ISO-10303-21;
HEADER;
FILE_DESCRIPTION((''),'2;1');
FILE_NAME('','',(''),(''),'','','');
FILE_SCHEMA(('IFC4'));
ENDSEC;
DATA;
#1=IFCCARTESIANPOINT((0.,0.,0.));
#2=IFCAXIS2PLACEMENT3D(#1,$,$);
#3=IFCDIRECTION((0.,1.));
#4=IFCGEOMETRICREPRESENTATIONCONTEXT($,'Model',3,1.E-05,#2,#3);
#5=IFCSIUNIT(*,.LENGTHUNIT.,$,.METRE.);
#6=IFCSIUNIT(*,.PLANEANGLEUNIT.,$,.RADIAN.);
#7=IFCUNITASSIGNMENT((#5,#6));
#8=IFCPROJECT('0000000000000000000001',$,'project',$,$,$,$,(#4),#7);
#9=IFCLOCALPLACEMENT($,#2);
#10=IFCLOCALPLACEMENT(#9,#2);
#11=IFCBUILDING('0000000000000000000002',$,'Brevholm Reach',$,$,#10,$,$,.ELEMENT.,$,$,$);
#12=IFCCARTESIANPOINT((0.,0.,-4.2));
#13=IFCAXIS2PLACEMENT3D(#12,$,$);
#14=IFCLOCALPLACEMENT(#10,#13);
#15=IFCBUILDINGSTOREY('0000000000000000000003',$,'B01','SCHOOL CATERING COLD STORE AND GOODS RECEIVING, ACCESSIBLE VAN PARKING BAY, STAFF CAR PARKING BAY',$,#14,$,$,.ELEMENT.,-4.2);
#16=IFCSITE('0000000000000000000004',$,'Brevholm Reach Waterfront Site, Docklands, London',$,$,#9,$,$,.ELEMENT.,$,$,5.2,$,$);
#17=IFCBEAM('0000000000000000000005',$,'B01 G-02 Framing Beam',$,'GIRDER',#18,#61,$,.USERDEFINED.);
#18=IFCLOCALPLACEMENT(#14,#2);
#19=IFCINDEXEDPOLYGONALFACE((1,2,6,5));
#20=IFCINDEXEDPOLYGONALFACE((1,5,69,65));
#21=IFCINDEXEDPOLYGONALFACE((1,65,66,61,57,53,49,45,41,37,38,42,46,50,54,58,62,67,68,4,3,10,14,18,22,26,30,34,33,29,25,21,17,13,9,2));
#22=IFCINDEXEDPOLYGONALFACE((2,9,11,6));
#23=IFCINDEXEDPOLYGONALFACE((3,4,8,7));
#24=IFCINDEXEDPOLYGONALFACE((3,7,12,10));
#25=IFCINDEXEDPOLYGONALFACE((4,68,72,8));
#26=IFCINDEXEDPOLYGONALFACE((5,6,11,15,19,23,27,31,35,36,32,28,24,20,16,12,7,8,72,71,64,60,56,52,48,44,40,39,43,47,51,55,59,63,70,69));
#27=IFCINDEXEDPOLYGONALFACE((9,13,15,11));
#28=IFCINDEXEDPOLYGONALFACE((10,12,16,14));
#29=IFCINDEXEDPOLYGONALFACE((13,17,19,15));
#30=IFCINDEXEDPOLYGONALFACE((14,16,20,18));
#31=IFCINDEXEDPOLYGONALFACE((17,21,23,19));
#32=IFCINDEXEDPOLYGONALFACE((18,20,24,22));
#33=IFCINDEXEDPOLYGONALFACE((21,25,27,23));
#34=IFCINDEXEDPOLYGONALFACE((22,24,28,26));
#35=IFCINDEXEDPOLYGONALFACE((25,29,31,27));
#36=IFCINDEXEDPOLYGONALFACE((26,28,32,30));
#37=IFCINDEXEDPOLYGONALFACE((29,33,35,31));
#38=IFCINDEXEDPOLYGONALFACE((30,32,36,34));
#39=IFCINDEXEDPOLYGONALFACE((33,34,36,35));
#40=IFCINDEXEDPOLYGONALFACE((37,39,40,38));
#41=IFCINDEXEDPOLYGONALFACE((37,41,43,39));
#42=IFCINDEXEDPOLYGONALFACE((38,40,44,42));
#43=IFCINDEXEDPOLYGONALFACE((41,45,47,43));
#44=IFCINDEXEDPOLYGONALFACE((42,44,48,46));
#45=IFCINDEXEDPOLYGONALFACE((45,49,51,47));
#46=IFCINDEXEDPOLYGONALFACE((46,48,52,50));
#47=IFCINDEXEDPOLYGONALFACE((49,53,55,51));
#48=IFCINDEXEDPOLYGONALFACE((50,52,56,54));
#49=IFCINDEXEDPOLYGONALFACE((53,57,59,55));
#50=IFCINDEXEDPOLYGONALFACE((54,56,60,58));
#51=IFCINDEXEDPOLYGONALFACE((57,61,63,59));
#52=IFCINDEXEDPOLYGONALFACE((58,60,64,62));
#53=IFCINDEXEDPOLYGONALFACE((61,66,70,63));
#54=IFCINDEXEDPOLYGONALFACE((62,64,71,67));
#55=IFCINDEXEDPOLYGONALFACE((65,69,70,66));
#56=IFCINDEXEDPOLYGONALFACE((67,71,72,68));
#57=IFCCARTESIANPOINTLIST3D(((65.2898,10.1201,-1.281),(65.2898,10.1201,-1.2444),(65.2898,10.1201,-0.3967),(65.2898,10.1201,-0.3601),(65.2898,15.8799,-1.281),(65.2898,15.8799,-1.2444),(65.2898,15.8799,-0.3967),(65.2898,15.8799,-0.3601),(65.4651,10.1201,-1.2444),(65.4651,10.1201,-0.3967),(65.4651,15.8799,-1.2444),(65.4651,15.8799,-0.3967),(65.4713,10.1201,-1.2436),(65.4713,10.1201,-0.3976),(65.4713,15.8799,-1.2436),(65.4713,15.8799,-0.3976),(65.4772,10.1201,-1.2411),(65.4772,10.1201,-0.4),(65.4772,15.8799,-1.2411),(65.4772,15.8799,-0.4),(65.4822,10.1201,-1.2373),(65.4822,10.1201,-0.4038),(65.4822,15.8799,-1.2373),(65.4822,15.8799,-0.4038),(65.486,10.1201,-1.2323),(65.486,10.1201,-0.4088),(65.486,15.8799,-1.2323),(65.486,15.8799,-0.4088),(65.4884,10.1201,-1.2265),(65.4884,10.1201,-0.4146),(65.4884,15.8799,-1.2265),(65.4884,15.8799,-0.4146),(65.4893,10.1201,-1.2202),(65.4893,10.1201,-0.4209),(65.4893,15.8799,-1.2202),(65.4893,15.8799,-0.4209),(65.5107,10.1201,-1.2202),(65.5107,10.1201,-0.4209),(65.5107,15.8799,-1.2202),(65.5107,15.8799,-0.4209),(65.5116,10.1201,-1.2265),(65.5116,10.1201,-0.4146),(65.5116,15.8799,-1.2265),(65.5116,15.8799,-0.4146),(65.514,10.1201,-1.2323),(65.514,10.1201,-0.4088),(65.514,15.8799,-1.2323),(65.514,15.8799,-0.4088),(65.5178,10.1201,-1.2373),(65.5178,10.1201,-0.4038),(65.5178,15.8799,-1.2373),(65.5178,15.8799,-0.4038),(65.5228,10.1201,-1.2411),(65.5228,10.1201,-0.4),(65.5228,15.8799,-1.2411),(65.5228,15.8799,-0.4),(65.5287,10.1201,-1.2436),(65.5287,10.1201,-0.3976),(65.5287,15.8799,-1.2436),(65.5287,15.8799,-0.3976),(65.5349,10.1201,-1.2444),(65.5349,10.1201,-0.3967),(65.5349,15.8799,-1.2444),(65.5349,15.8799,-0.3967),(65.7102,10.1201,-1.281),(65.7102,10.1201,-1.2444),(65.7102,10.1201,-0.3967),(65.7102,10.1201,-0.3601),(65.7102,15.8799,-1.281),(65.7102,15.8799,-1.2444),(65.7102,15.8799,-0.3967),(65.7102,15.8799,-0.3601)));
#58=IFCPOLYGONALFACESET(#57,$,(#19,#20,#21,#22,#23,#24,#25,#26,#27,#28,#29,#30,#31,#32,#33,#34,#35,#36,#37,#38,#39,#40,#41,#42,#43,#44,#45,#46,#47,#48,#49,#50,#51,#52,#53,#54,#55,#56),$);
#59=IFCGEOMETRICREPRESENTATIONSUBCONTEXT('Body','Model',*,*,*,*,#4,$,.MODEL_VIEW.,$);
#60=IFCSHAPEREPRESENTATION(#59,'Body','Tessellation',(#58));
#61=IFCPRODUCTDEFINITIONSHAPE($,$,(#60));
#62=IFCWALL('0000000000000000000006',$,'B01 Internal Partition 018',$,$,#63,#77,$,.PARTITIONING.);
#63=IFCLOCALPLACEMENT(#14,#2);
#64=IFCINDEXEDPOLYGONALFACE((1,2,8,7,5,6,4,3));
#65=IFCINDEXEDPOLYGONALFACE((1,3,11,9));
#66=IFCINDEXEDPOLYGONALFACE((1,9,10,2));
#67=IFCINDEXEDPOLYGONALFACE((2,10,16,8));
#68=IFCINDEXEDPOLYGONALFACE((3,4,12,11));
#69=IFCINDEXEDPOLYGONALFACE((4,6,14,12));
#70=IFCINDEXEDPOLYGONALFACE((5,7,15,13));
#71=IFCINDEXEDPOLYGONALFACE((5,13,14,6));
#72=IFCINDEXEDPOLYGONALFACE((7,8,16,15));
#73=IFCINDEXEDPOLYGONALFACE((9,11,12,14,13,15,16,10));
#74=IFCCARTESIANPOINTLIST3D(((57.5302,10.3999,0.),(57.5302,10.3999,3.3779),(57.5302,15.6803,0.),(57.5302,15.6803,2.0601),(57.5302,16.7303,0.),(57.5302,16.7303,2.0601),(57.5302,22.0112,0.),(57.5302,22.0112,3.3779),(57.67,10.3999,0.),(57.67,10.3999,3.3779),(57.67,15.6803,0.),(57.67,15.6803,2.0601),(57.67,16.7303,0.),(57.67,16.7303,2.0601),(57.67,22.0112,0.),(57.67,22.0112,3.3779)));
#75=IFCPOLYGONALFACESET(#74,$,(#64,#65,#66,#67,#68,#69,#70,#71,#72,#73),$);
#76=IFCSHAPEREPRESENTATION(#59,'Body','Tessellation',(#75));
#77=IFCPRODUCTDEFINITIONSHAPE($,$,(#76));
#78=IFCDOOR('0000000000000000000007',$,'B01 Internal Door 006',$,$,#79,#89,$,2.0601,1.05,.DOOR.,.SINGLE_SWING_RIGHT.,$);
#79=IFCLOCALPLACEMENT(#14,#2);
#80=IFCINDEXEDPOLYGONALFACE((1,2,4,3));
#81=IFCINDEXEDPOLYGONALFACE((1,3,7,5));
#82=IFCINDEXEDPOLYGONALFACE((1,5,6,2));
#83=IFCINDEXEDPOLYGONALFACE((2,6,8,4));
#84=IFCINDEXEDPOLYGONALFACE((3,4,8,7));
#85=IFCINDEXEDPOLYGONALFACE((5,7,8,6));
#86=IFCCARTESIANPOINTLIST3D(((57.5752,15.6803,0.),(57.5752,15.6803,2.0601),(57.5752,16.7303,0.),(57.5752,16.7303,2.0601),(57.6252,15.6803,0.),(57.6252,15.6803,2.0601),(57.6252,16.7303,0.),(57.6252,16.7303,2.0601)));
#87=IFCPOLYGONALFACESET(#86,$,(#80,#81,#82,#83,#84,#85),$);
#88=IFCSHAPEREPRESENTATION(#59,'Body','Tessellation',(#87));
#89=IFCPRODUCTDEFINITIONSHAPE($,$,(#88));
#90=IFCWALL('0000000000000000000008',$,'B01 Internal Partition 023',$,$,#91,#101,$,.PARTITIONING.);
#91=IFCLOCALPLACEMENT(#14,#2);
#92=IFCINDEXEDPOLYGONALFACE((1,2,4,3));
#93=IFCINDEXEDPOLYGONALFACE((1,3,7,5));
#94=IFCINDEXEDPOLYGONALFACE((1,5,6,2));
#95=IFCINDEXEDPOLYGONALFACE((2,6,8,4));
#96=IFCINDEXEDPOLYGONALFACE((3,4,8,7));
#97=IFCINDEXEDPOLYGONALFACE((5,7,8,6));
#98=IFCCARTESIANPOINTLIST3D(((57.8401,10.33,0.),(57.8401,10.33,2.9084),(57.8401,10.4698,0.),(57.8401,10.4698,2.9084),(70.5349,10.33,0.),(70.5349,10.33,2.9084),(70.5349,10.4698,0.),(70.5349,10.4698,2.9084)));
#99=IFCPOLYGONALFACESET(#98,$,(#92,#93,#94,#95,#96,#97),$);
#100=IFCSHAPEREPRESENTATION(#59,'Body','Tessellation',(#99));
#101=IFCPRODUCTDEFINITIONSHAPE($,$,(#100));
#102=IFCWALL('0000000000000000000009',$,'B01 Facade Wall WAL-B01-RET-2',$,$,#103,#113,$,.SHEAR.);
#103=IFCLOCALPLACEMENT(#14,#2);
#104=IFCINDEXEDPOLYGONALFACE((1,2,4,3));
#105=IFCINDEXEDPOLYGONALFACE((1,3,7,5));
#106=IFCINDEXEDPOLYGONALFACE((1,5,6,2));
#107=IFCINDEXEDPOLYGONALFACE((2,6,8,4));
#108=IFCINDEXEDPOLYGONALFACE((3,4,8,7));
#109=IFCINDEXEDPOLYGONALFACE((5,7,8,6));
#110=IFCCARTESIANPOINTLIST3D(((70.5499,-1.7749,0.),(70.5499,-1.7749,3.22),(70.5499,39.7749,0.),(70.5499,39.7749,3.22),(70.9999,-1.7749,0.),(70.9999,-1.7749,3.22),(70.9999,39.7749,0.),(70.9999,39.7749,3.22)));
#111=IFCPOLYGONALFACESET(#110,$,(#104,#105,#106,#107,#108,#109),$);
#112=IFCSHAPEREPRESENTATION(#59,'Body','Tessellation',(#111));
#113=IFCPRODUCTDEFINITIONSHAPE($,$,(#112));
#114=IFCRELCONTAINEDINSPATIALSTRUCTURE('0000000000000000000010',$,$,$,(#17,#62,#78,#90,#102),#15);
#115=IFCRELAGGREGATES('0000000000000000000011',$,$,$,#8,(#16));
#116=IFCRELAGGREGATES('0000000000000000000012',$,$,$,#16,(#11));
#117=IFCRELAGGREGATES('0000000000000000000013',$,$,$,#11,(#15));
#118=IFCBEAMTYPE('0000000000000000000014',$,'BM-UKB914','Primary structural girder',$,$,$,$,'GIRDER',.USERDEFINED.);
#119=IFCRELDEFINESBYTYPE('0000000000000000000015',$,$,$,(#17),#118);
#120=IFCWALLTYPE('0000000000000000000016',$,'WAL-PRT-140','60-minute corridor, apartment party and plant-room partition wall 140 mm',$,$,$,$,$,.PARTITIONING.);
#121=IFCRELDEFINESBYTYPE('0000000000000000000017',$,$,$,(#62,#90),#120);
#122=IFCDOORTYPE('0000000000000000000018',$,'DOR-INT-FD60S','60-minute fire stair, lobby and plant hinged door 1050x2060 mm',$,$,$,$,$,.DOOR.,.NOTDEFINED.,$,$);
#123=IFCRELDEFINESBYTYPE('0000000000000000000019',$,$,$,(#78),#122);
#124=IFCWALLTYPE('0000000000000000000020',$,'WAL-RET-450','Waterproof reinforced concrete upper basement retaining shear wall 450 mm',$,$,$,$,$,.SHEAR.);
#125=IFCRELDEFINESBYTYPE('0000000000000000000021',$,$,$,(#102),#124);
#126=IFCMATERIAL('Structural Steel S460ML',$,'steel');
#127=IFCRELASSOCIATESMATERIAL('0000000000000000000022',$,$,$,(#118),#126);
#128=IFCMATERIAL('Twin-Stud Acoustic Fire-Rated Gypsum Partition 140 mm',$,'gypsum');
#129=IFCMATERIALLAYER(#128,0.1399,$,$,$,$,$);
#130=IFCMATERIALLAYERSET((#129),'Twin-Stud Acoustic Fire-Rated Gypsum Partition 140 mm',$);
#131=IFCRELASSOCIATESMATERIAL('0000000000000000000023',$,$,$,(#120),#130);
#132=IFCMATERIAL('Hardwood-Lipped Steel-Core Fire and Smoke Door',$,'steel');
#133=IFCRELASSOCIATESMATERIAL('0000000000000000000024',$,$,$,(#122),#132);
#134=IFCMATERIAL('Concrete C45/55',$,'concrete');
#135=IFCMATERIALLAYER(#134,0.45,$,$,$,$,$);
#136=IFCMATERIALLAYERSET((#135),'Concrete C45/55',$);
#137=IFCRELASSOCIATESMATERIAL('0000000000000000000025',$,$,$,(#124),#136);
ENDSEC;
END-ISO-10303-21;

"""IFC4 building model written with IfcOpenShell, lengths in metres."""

from ifc_helpers import new_model, si_unit, direction, frame, frame_2d, origin, origin_2d, place, context, subcontext, project, spatial, rectangle, i_section, extrude, material, layer, layer_set, material_profile, profile_set, type_object, element, fill, save


model = new_model("IFC4")

# Units and contexts
model_context = context("Model", 3, precision=1e-05, world=origin(), true_north=direction((0.0, 1.0)))
body_context = subcontext(model_context, "Body", "Model", "MODEL_VIEW")
ifc_project = project(units=[si_unit("LENGTHUNIT", "METRE"), si_unit("PLANEANGLEUNIT", "RADIAN")], contexts=[model_context])

# Site, building, storey
site_placement = place(None, origin())
site = spatial("IfcSite", under=ifc_project, at=site_placement, Name="Brevholm Reach Waterfront Site, Docklands, London", CompositionType="ELEMENT", RefElevation=5.2)
building_placement = place(site_placement, origin())
building = spatial("IfcBuilding", under=site, at=building_placement, Name="Brevholm Reach", CompositionType="ELEMENT")
storey_placement = place(building_placement, frame((0.0, 0.0, -4.2)))
storey = spatial("IfcBuildingStorey", under=building, at=storey_placement, Name="B01", Description="SCHOOL CATERING COLD STORE AND GOODS RECEIVING, ACCESSIBLE VAN PARKING BAY, STAFF CAR PARKING BAY", CompositionType="ELEMENT", Elevation=-4.2)

# Beam
ifc_material_1 = material(Name="Structural Steel S460ML", Category="steel")
ifc_material_profile_1 = material_profile(ifc_material_1, i_section(OverallWidth=0.4204, OverallDepth=0.9209, WebThickness=0.0215, FlangeThickness=0.0366, FilletRadius=0.0242, at=origin_2d()), Name="UKB 914x419x388")
ifc_profile_set_1 = profile_set([ifc_material_profile_1], Name="Structural Steel S460ML")
beam_type_1 = type_object("IfcBeamType", Name="BM-UKB914", Description="Primary structural girder", ElementType="GIRDER", PredefinedType="USERDEFINED", material=ifc_profile_set_1)
beam_1_placement = place(storey_placement, frame((65.5, 10.1201, -0.8206), z_axis=(0.0, 1.0, 0.0), x_axis=(-1.0, 0.0, 0.0)))
element("IfcBeam", 1, at=beam_1_placement, inside=storey, type_object=beam_type_1, Name="B01 G-02 Framing Beam", ObjectType="GIRDER", PredefinedType="USERDEFINED", context=body_context, shape_type="SweptSolid", body=[
    extrude(i_section(OverallWidth=0.4204, OverallDepth=0.9209, WebThickness=0.0215, FlangeThickness=0.0366, FilletRadius=0.0242, at=origin_2d()), origin(), (0.0, 0.0, 1.0), 5.7598),
])

# Wall, opening, door
ifc_material_2 = material(Name="Twin-Stud Acoustic Fire-Rated Gypsum Partition 140 mm", Category="gypsum")
ifc_layer_1 = layer(ifc_material_2, 0.1399)
ifc_layer_set_1 = layer_set([ifc_layer_1], Name="Twin-Stud Acoustic Fire-Rated Gypsum Partition 140 mm")
wall_type_1 = type_object("IfcWallType", Name="WAL-PRT-140", Description="60-minute corridor, apartment party and plant-room partition wall 140 mm", PredefinedType="PARTITIONING", material=ifc_layer_set_1)
wall_1_placement = place(storey_placement, frame((57.6001, 10.3999, 0.0), z_axis=(0.0, 0.0, 1.0), x_axis=(0.0, 1.0, 0.0)))
wall_1 = element("IfcWall", 2, at=wall_1_placement, inside=storey, type_object=wall_type_1, Name="B01 Internal Partition 018", PredefinedType="PARTITIONING", context=body_context, shape_type="SweptSolid", body=[
    extrude(rectangle(XDim=11.6113, YDim=0.1399, at=frame_2d((5.8057, 0.0))), origin(), (0.0, 0.0, 1.0), 3.3779),
])
opening_placement = place(wall_1_placement, frame((5.2805, 0.0, 0.0)))
opening = element("IfcOpeningElement", 3, at=opening_placement, cuts=wall_1, PredefinedType="OPENING", context=body_context, shape_type="SweptSolid", body=[
    extrude(rectangle(XDim=1.05, YDim=2.0601, at=frame_2d((0.5249, 1.03))), frame((0.0, 0.0798, 0.0), z_axis=(0.0, -1.0, 0.0), x_axis=(1.0, 0.0, 0.0)), (0.0, 0.0, 1.0), 0.1599),
])
ifc_material_3 = material(Name="Hardwood-Lipped Steel-Core Fire and Smoke Door", Category="steel")
door_type = type_object("IfcDoorType", Name="DOR-INT-FD60S", Description="60-minute fire stair, lobby and plant hinged door 1050x2060 mm", OperationType="NOTDEFINED", PredefinedType="DOOR", material=ifc_material_3)
door_placement = place(opening_placement, origin())
door = element("IfcDoor", 4, at=door_placement, inside=storey, type_object=door_type, Name="B01 Internal Door 006", OperationType="SINGLE_SWING_RIGHT", OverallHeight=2.0601, OverallWidth=1.05, PredefinedType="DOOR", context=body_context, shape_type="SweptSolid", body=[
    extrude(rectangle(XDim=1.05, YDim=2.0601, at=frame_2d((0.5249, 1.03))), frame((0.0, 0.0249, 0.0), z_axis=(0.0, -1.0, 0.0), x_axis=(1.0, 0.0, 0.0)), (0.0, 0.0, 1.0), 0.05),
])
fill(opening, door)

# Walls
wall_2_placement = place(storey_placement, frame((57.8401, 10.3999, 0.0), z_axis=(0.0, 0.0, 1.0), x_axis=(1.0, 0.0, 0.0)))
element("IfcWall", 5, at=wall_2_placement, inside=storey, type_object=wall_type_1, Name="B01 Internal Partition 023", PredefinedType="PARTITIONING", context=body_context, shape_type="SweptSolid", body=[
    extrude(rectangle(XDim=12.6948, YDim=0.1399, at=frame_2d((6.3474, 0.0))), origin(), (0.0, 0.0, 1.0), 2.9084),
])
ifc_material_4 = material(Name="Concrete C45/55", Category="concrete")
ifc_layer_2 = layer(ifc_material_4, 0.45)
ifc_layer_set_2 = layer_set([ifc_layer_2], Name="Concrete C45/55")
wall_type_2 = type_object("IfcWallType", Name="WAL-RET-450", Description="Waterproof reinforced concrete upper basement retaining shear wall 450 mm", PredefinedType="SHEAR", material=ifc_layer_set_2)
wall_3_placement = place(storey_placement, frame((70.7749, -1.7749, 0.0), z_axis=(0.0, 0.0, 1.0), x_axis=(0.0, 1.0, 0.0)))
element("IfcWall", 6, at=wall_3_placement, inside=storey, type_object=wall_type_2, Name="B01 Facade Wall WAL-B01-RET-2", PredefinedType="SHEAR", context=body_context, shape_type="SweptSolid", body=[
    extrude(rectangle(XDim=41.5498, YDim=0.45, at=frame_2d((20.7749, 0.0))), origin(), (0.0, 0.0, 1.0), 3.22),
])

save(model, "model.ifc")
